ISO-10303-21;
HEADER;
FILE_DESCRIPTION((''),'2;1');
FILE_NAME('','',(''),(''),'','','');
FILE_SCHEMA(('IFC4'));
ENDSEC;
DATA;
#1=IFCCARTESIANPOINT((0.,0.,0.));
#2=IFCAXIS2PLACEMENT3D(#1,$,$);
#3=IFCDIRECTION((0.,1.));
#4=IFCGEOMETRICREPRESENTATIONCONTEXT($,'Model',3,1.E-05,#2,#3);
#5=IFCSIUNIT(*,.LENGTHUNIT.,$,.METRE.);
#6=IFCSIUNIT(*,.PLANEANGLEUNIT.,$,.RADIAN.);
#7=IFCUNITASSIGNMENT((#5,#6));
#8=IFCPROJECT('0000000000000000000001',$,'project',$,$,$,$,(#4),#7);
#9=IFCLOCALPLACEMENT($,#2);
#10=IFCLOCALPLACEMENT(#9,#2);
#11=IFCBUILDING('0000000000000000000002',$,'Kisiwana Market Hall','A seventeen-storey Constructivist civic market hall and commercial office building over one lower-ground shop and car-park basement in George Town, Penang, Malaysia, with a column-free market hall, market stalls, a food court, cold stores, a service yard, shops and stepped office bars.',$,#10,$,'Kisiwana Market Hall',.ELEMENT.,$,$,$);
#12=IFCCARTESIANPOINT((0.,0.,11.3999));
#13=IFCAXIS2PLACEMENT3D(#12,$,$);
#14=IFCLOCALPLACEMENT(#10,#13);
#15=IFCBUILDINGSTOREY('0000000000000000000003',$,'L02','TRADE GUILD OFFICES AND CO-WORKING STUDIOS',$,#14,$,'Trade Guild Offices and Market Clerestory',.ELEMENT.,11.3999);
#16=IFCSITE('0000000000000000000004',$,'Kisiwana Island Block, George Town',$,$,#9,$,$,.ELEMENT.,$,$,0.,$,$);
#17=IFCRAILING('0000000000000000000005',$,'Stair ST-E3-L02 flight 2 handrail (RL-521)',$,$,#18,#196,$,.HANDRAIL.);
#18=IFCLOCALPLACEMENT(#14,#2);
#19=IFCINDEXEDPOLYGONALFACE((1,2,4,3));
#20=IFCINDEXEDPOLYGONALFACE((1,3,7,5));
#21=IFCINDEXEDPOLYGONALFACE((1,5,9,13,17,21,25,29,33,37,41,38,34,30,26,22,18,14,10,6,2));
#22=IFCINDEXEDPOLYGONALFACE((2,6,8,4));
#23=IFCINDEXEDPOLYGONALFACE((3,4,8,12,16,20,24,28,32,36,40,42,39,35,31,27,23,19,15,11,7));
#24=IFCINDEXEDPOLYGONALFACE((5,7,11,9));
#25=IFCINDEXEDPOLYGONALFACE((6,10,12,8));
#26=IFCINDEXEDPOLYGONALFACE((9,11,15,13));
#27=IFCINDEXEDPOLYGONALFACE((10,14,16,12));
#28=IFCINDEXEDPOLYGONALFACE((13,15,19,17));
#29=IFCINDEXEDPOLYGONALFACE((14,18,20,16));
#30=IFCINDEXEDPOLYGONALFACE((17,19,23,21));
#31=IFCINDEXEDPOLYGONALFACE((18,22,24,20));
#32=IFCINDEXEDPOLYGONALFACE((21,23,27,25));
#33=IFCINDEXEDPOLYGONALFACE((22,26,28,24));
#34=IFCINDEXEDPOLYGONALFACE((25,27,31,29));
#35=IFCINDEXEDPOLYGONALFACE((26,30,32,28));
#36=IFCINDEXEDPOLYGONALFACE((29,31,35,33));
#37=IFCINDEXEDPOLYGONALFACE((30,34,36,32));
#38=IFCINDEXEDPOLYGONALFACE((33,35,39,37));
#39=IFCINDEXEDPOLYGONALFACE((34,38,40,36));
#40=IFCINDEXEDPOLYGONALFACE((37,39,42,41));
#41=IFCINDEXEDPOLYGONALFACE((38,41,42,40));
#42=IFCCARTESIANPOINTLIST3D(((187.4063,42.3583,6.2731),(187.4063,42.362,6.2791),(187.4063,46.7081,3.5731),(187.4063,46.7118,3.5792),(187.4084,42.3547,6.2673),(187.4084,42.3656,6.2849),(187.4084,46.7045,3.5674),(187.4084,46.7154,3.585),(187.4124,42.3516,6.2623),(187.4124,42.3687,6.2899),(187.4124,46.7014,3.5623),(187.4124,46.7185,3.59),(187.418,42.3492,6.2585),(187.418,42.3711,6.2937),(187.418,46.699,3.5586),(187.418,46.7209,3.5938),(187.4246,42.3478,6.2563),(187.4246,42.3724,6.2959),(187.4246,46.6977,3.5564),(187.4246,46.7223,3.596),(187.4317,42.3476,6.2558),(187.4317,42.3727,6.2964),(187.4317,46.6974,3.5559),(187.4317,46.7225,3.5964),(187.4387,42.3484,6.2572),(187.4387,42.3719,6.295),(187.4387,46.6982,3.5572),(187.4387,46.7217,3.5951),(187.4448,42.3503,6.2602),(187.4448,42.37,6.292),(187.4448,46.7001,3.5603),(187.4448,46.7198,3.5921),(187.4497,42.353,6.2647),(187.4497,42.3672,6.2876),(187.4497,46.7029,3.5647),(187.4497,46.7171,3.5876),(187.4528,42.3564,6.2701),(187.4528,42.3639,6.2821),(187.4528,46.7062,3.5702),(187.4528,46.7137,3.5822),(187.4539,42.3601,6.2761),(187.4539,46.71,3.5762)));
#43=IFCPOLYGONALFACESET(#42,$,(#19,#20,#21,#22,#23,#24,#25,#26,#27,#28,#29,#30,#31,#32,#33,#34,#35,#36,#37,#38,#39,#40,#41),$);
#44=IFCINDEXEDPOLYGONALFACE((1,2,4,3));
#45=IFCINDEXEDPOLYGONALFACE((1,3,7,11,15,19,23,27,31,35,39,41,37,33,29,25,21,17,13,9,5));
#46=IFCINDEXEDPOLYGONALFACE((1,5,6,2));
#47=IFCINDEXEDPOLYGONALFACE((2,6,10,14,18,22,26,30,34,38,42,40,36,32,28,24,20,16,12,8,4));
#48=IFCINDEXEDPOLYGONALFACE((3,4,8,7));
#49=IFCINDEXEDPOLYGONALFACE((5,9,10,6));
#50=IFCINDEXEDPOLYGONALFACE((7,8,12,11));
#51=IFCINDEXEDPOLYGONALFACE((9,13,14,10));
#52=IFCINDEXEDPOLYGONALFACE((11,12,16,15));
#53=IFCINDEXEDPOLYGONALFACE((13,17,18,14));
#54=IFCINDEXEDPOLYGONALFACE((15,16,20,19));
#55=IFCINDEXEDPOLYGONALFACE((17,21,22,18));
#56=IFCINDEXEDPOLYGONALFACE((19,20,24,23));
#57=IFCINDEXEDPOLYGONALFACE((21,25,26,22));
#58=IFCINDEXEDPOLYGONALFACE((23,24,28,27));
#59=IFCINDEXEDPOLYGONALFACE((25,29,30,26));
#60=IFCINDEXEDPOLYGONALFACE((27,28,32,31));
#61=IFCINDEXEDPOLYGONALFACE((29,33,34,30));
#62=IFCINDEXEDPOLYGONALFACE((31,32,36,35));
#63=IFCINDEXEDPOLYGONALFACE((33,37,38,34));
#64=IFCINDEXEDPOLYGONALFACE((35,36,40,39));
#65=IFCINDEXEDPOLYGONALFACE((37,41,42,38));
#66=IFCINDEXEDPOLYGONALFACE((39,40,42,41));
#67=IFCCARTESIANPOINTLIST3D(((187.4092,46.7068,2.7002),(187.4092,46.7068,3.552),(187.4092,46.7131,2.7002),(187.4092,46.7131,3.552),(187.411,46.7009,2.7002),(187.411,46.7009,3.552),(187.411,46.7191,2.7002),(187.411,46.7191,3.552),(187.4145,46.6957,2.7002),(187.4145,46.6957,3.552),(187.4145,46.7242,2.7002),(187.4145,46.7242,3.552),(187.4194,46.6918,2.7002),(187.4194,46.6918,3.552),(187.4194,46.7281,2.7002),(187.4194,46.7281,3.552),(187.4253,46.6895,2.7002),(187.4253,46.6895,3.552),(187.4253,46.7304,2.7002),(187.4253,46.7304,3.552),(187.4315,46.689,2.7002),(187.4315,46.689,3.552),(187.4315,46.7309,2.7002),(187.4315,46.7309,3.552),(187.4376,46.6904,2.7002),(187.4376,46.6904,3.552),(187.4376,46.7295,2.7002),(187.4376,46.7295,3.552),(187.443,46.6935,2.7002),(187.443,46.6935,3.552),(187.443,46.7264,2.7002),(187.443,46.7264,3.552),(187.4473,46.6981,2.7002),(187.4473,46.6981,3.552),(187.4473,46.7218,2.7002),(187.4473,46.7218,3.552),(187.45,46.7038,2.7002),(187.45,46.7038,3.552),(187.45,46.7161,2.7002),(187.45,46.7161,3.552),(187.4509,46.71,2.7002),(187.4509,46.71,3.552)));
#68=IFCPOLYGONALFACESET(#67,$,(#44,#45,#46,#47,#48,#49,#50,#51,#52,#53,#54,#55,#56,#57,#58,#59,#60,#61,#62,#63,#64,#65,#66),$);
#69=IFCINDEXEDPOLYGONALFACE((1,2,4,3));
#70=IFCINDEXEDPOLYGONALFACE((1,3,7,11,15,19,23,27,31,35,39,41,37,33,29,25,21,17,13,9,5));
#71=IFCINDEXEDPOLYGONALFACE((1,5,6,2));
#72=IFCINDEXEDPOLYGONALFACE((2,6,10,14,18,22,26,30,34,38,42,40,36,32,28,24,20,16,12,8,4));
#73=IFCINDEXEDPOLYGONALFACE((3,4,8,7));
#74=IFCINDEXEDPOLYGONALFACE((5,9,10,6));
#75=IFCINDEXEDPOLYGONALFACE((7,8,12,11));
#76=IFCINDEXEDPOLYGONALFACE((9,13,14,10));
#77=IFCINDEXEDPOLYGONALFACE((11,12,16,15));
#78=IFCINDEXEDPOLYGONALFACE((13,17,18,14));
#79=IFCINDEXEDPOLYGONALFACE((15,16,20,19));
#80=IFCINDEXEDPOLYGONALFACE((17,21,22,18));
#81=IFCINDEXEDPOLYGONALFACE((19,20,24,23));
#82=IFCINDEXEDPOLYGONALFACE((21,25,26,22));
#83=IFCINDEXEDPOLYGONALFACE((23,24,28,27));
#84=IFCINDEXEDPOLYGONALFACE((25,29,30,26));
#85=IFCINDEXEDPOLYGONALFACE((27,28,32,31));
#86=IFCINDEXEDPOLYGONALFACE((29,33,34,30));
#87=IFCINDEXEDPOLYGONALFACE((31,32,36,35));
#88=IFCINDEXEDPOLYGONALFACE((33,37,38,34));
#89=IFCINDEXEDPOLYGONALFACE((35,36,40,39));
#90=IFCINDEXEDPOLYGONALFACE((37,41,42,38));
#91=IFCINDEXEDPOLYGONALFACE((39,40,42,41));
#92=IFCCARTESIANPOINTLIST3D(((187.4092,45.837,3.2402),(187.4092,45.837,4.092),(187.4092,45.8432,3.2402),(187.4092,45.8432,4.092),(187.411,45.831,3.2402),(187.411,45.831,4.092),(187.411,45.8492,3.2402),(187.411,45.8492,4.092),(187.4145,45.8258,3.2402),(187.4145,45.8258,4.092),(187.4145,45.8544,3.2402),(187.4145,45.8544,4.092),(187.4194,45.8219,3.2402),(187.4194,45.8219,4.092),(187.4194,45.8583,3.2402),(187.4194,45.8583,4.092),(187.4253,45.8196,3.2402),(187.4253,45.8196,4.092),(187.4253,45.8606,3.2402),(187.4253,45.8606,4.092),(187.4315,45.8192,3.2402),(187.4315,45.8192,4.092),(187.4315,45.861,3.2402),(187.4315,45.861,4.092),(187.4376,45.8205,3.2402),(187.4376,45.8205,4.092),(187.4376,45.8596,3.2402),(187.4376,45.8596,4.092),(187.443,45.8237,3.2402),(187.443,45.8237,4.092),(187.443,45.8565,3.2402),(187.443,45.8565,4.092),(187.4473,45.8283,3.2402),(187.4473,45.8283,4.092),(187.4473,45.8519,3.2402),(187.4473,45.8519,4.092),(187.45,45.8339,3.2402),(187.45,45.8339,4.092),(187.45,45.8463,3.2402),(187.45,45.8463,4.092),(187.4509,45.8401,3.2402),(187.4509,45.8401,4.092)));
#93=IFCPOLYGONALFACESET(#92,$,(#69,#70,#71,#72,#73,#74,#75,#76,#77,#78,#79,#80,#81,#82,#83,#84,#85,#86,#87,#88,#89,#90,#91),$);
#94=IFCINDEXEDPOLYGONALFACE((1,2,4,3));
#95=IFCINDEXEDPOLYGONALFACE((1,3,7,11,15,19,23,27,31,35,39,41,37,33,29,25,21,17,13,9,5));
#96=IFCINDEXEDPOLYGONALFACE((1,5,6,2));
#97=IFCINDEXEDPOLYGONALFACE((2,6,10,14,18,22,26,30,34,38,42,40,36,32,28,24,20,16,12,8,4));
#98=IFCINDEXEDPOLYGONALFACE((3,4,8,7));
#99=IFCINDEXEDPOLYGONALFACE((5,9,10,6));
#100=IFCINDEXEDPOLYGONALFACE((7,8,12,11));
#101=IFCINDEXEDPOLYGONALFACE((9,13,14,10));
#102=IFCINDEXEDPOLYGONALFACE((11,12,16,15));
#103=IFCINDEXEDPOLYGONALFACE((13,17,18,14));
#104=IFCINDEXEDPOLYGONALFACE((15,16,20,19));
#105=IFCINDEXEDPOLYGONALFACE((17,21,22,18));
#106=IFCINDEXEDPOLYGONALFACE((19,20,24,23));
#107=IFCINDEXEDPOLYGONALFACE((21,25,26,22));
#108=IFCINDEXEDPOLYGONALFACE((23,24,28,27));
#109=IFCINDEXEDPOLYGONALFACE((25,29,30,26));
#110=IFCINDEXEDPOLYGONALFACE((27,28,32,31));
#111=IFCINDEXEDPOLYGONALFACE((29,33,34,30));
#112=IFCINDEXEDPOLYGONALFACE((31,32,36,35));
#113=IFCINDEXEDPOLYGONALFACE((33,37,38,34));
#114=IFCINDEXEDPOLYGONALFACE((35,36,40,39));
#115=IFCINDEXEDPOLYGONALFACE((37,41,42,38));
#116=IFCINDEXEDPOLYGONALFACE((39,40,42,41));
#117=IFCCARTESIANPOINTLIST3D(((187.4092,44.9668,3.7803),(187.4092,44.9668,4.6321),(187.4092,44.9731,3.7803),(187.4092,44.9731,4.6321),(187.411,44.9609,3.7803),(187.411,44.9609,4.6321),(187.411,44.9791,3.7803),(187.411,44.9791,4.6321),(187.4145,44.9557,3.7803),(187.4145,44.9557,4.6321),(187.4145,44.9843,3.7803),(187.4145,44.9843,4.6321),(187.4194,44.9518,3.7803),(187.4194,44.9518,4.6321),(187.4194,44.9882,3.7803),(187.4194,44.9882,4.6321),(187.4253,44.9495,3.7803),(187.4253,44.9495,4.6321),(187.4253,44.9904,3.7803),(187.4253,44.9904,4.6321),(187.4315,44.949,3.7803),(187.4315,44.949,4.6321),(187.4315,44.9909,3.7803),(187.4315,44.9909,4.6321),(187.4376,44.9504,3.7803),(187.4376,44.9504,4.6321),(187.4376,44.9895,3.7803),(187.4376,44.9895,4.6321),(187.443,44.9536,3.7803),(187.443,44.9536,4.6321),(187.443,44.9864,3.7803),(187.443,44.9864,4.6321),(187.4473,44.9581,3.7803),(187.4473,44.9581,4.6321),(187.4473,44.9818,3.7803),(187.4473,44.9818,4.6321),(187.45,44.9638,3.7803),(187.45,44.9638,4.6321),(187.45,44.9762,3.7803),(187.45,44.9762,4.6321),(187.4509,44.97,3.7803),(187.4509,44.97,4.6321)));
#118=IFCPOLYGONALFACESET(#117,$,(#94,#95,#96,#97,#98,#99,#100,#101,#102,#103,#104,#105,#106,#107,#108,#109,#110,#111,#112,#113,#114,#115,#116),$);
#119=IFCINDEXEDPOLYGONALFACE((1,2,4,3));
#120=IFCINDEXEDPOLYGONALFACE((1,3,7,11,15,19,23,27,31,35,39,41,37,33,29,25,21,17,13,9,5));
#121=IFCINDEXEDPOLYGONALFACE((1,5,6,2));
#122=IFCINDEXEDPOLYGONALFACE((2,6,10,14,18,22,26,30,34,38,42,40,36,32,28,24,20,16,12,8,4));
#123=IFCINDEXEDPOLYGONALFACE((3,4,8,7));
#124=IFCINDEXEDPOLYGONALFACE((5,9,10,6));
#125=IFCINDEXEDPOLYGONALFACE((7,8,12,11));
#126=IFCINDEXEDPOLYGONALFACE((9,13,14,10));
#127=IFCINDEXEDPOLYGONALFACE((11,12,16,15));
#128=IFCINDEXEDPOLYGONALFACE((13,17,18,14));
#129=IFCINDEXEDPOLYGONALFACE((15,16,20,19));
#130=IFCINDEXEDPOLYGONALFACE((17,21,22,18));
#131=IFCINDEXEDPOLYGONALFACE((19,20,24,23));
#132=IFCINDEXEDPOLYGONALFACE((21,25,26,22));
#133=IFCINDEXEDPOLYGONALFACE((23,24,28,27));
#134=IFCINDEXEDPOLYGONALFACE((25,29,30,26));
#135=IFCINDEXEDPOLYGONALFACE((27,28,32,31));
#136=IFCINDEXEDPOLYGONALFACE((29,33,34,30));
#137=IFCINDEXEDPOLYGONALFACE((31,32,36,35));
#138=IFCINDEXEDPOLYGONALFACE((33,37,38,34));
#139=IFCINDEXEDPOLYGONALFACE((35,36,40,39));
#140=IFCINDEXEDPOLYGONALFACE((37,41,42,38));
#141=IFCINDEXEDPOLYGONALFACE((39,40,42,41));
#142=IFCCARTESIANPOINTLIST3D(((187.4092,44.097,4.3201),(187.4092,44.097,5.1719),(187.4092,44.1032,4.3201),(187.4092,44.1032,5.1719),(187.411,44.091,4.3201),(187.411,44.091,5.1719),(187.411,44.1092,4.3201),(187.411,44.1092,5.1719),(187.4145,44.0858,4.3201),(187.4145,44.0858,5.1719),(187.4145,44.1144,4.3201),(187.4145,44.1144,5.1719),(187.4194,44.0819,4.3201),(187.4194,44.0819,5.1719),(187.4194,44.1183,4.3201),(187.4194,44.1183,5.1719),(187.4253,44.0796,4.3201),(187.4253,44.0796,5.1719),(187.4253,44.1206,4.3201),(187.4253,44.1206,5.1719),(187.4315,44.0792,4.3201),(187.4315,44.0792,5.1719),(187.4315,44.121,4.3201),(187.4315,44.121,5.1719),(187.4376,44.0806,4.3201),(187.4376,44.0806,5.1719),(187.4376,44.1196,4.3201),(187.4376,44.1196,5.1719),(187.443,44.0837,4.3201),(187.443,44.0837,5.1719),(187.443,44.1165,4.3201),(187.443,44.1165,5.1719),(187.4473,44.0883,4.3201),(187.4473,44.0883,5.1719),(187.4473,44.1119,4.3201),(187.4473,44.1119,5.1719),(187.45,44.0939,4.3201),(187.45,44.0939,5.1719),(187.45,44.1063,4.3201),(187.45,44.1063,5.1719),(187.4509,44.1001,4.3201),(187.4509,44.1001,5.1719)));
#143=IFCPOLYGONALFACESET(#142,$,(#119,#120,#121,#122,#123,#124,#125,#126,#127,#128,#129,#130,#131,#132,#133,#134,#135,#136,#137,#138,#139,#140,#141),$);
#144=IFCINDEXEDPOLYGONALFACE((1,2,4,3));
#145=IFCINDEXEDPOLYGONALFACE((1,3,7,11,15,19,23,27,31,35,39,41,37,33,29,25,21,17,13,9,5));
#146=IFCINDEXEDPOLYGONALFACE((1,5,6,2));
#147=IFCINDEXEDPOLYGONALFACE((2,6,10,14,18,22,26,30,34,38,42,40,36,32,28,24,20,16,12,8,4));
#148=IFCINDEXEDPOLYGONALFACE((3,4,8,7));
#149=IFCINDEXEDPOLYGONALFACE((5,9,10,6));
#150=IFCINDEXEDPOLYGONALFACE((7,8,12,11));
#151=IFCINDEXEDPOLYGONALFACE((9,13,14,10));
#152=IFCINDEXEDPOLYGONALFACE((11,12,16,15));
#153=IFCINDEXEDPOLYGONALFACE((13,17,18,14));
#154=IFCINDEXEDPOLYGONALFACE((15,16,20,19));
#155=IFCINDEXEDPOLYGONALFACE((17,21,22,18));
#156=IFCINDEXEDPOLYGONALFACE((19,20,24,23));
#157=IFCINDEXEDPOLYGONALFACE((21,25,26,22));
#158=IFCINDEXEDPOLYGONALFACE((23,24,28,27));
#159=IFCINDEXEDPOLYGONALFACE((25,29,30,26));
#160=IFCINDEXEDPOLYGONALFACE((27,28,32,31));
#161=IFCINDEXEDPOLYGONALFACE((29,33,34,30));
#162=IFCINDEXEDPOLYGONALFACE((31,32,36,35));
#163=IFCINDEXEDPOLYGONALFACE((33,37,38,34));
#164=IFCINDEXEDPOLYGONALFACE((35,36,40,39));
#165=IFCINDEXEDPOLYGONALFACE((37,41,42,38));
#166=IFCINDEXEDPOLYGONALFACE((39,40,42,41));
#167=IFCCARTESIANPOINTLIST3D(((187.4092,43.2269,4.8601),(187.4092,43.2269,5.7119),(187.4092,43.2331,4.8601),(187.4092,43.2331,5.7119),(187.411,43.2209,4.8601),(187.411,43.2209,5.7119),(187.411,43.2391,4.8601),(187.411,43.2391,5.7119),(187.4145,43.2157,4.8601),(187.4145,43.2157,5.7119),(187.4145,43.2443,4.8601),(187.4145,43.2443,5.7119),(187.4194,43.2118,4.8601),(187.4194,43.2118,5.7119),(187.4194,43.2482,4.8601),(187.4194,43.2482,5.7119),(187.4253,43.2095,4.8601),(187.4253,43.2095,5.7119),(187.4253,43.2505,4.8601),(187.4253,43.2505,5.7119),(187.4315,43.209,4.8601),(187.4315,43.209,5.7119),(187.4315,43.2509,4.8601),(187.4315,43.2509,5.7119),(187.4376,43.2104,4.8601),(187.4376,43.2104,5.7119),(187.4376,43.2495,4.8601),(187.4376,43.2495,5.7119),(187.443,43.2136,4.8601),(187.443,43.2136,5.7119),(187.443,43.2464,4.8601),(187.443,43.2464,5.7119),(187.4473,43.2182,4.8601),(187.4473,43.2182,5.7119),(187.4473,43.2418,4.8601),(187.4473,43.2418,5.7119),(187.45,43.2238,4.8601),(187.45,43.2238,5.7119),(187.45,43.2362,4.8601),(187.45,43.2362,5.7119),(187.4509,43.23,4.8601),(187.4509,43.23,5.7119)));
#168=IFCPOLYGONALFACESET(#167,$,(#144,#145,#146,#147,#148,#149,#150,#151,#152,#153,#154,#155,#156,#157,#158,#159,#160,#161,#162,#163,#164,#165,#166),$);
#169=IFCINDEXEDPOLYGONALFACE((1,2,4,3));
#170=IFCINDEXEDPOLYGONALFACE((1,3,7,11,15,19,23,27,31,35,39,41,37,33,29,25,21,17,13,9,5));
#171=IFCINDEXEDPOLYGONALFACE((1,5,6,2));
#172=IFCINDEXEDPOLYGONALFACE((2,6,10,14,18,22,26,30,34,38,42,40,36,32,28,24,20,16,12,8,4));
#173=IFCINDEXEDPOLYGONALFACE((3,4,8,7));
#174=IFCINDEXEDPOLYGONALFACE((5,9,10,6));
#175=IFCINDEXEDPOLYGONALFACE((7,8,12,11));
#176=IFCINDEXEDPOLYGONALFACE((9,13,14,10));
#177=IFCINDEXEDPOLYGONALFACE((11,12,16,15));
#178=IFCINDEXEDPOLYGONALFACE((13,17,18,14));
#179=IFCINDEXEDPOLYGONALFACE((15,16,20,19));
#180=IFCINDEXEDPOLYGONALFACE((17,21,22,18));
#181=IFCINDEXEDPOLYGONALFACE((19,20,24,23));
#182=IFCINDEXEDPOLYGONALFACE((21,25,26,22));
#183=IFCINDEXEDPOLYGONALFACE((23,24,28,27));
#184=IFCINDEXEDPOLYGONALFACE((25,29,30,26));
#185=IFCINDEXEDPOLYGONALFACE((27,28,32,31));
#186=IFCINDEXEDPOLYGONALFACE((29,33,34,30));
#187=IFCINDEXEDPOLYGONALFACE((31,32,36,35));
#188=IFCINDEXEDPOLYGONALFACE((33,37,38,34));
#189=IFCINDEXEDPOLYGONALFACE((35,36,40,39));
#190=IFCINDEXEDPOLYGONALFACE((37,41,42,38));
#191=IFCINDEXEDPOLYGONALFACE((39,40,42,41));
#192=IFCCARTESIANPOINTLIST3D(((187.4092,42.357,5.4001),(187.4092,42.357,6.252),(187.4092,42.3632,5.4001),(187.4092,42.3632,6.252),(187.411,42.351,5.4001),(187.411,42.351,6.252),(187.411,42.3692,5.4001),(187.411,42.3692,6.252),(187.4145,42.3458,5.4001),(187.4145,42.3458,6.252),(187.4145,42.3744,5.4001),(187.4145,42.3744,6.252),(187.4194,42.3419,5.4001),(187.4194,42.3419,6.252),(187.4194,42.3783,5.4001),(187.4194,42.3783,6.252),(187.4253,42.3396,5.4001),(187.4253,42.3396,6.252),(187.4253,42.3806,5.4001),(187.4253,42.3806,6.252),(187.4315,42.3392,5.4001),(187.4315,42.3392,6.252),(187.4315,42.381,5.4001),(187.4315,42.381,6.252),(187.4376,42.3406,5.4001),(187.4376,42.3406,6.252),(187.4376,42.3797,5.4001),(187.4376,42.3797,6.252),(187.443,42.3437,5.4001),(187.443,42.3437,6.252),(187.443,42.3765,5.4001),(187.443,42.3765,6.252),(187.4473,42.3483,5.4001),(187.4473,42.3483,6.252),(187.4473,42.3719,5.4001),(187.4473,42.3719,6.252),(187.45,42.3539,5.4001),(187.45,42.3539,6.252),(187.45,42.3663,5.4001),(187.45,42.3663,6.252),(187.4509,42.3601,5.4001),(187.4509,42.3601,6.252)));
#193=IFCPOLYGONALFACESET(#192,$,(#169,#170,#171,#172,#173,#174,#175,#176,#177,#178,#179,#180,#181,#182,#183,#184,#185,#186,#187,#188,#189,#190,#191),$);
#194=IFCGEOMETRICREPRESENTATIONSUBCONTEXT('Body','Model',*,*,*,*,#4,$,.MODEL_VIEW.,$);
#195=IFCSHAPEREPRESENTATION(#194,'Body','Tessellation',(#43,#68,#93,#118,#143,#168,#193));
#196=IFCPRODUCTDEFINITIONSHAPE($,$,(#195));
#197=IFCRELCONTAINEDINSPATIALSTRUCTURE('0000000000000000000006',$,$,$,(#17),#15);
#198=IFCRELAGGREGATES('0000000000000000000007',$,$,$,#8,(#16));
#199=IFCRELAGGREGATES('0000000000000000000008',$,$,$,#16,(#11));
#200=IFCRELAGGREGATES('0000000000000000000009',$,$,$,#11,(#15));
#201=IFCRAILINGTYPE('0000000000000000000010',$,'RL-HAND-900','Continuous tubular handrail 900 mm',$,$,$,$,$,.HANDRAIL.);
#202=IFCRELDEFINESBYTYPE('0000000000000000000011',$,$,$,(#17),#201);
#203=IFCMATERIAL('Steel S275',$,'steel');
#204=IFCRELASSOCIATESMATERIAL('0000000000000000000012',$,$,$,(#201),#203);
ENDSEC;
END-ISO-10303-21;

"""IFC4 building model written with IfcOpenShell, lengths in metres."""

from ifc_helpers import new_model, si_unit, direction, frame, origin, origin_2d, place, context, subcontext, project, spatial, circle, extrude, material, type_object, element, save


model = new_model("IFC4")

# Units and contexts
model_context = context("Model", 3, precision=1e-05, world=origin(), true_north=direction((0.0, 1.0)))
body_context = subcontext(model_context, "Body", "Model", "MODEL_VIEW")
ifc_project = project(units=[si_unit("LENGTHUNIT", "METRE"), si_unit("PLANEANGLEUNIT", "RADIAN")], contexts=[model_context])

# Site, building, storey
site_placement = place(None, origin())
site = spatial("IfcSite", under=ifc_project, at=site_placement, Name="Kisiwana Island Block, George Town", CompositionType="ELEMENT", RefElevation=0.0)
building_placement = place(site_placement, origin())
building = spatial("IfcBuilding", under=site, at=building_placement, Name="Kisiwana Market Hall", Description="A seventeen-storey Constructivist civic market hall and commercial office building over one lower-ground shop and car-park basement in George Town, Penang, Malaysia, with a column-free market hall, market stalls, a food court, cold stores, a service yard, shops and stepped office bars.", LongName="Kisiwana Market Hall", CompositionType="ELEMENT")
storey_placement = place(building_placement, frame((0.0, 0.0, 11.3999)))
storey = spatial("IfcBuildingStorey", under=building, at=storey_placement, Name="L02", Description="TRADE GUILD OFFICES AND CO-WORKING STUDIOS", LongName="Trade Guild Offices and Market Clerestory", CompositionType="ELEMENT", Elevation=11.3999)

# Railing
ifc_material_1 = material(Name="Steel S275", Category="steel")
railing_type_1 = type_object("IfcRailingType", Name="RL-HAND-900", Description="Continuous tubular handrail 900 mm", PredefinedType="HANDRAIL", material=ifc_material_1)
railing_1_placement = place(storey_placement, frame((187.4299, 46.71, 2.7002)))
element("IfcRailing", 1, at=railing_1_placement, inside=storey, type_object=railing_type_1, Name="Stair ST-E3-L02 flight 2 handrail (RL-521)", PredefinedType="HANDRAIL", context=body_context, shape_type="SweptSolid", body=[
    extrude(circle(Radius=0.0239, at=origin_2d()), frame((0.0, 0.0, 0.876), z_axis=(0.0, -0.849636, 0.527369), x_axis=(1.0, 0.0, 0.0)), (0.0, 0.0, 1.0), 5.1196),
    extrude(circle(Radius=0.021, at=origin_2d()), origin(), (0.0, 0.0, 1.0), 0.8518),
    extrude(circle(Radius=0.021, at=origin_2d()), frame((0.0, -0.8699, 0.54)), (0.0, 0.0, 1.0), 0.8518),
    extrude(circle(Radius=0.021, at=origin_2d()), frame((0.0, -1.74, 1.0801)), (0.0, 0.0, 1.0), 0.8518),
    extrude(circle(Radius=0.021, at=origin_2d()), frame((0.0, -2.6099, 1.6199)), (0.0, 0.0, 1.0), 0.8518),
    extrude(circle(Radius=0.021, at=origin_2d()), frame((0.0, -3.48, 2.1599)), (0.0, 0.0, 1.0), 0.8518),
    extrude(circle(Radius=0.021, at=origin_2d()), frame((0.0, -4.3499, 2.7)), (0.0, 0.0, 1.0), 0.8518),
])

save(model, "model.ifc")
